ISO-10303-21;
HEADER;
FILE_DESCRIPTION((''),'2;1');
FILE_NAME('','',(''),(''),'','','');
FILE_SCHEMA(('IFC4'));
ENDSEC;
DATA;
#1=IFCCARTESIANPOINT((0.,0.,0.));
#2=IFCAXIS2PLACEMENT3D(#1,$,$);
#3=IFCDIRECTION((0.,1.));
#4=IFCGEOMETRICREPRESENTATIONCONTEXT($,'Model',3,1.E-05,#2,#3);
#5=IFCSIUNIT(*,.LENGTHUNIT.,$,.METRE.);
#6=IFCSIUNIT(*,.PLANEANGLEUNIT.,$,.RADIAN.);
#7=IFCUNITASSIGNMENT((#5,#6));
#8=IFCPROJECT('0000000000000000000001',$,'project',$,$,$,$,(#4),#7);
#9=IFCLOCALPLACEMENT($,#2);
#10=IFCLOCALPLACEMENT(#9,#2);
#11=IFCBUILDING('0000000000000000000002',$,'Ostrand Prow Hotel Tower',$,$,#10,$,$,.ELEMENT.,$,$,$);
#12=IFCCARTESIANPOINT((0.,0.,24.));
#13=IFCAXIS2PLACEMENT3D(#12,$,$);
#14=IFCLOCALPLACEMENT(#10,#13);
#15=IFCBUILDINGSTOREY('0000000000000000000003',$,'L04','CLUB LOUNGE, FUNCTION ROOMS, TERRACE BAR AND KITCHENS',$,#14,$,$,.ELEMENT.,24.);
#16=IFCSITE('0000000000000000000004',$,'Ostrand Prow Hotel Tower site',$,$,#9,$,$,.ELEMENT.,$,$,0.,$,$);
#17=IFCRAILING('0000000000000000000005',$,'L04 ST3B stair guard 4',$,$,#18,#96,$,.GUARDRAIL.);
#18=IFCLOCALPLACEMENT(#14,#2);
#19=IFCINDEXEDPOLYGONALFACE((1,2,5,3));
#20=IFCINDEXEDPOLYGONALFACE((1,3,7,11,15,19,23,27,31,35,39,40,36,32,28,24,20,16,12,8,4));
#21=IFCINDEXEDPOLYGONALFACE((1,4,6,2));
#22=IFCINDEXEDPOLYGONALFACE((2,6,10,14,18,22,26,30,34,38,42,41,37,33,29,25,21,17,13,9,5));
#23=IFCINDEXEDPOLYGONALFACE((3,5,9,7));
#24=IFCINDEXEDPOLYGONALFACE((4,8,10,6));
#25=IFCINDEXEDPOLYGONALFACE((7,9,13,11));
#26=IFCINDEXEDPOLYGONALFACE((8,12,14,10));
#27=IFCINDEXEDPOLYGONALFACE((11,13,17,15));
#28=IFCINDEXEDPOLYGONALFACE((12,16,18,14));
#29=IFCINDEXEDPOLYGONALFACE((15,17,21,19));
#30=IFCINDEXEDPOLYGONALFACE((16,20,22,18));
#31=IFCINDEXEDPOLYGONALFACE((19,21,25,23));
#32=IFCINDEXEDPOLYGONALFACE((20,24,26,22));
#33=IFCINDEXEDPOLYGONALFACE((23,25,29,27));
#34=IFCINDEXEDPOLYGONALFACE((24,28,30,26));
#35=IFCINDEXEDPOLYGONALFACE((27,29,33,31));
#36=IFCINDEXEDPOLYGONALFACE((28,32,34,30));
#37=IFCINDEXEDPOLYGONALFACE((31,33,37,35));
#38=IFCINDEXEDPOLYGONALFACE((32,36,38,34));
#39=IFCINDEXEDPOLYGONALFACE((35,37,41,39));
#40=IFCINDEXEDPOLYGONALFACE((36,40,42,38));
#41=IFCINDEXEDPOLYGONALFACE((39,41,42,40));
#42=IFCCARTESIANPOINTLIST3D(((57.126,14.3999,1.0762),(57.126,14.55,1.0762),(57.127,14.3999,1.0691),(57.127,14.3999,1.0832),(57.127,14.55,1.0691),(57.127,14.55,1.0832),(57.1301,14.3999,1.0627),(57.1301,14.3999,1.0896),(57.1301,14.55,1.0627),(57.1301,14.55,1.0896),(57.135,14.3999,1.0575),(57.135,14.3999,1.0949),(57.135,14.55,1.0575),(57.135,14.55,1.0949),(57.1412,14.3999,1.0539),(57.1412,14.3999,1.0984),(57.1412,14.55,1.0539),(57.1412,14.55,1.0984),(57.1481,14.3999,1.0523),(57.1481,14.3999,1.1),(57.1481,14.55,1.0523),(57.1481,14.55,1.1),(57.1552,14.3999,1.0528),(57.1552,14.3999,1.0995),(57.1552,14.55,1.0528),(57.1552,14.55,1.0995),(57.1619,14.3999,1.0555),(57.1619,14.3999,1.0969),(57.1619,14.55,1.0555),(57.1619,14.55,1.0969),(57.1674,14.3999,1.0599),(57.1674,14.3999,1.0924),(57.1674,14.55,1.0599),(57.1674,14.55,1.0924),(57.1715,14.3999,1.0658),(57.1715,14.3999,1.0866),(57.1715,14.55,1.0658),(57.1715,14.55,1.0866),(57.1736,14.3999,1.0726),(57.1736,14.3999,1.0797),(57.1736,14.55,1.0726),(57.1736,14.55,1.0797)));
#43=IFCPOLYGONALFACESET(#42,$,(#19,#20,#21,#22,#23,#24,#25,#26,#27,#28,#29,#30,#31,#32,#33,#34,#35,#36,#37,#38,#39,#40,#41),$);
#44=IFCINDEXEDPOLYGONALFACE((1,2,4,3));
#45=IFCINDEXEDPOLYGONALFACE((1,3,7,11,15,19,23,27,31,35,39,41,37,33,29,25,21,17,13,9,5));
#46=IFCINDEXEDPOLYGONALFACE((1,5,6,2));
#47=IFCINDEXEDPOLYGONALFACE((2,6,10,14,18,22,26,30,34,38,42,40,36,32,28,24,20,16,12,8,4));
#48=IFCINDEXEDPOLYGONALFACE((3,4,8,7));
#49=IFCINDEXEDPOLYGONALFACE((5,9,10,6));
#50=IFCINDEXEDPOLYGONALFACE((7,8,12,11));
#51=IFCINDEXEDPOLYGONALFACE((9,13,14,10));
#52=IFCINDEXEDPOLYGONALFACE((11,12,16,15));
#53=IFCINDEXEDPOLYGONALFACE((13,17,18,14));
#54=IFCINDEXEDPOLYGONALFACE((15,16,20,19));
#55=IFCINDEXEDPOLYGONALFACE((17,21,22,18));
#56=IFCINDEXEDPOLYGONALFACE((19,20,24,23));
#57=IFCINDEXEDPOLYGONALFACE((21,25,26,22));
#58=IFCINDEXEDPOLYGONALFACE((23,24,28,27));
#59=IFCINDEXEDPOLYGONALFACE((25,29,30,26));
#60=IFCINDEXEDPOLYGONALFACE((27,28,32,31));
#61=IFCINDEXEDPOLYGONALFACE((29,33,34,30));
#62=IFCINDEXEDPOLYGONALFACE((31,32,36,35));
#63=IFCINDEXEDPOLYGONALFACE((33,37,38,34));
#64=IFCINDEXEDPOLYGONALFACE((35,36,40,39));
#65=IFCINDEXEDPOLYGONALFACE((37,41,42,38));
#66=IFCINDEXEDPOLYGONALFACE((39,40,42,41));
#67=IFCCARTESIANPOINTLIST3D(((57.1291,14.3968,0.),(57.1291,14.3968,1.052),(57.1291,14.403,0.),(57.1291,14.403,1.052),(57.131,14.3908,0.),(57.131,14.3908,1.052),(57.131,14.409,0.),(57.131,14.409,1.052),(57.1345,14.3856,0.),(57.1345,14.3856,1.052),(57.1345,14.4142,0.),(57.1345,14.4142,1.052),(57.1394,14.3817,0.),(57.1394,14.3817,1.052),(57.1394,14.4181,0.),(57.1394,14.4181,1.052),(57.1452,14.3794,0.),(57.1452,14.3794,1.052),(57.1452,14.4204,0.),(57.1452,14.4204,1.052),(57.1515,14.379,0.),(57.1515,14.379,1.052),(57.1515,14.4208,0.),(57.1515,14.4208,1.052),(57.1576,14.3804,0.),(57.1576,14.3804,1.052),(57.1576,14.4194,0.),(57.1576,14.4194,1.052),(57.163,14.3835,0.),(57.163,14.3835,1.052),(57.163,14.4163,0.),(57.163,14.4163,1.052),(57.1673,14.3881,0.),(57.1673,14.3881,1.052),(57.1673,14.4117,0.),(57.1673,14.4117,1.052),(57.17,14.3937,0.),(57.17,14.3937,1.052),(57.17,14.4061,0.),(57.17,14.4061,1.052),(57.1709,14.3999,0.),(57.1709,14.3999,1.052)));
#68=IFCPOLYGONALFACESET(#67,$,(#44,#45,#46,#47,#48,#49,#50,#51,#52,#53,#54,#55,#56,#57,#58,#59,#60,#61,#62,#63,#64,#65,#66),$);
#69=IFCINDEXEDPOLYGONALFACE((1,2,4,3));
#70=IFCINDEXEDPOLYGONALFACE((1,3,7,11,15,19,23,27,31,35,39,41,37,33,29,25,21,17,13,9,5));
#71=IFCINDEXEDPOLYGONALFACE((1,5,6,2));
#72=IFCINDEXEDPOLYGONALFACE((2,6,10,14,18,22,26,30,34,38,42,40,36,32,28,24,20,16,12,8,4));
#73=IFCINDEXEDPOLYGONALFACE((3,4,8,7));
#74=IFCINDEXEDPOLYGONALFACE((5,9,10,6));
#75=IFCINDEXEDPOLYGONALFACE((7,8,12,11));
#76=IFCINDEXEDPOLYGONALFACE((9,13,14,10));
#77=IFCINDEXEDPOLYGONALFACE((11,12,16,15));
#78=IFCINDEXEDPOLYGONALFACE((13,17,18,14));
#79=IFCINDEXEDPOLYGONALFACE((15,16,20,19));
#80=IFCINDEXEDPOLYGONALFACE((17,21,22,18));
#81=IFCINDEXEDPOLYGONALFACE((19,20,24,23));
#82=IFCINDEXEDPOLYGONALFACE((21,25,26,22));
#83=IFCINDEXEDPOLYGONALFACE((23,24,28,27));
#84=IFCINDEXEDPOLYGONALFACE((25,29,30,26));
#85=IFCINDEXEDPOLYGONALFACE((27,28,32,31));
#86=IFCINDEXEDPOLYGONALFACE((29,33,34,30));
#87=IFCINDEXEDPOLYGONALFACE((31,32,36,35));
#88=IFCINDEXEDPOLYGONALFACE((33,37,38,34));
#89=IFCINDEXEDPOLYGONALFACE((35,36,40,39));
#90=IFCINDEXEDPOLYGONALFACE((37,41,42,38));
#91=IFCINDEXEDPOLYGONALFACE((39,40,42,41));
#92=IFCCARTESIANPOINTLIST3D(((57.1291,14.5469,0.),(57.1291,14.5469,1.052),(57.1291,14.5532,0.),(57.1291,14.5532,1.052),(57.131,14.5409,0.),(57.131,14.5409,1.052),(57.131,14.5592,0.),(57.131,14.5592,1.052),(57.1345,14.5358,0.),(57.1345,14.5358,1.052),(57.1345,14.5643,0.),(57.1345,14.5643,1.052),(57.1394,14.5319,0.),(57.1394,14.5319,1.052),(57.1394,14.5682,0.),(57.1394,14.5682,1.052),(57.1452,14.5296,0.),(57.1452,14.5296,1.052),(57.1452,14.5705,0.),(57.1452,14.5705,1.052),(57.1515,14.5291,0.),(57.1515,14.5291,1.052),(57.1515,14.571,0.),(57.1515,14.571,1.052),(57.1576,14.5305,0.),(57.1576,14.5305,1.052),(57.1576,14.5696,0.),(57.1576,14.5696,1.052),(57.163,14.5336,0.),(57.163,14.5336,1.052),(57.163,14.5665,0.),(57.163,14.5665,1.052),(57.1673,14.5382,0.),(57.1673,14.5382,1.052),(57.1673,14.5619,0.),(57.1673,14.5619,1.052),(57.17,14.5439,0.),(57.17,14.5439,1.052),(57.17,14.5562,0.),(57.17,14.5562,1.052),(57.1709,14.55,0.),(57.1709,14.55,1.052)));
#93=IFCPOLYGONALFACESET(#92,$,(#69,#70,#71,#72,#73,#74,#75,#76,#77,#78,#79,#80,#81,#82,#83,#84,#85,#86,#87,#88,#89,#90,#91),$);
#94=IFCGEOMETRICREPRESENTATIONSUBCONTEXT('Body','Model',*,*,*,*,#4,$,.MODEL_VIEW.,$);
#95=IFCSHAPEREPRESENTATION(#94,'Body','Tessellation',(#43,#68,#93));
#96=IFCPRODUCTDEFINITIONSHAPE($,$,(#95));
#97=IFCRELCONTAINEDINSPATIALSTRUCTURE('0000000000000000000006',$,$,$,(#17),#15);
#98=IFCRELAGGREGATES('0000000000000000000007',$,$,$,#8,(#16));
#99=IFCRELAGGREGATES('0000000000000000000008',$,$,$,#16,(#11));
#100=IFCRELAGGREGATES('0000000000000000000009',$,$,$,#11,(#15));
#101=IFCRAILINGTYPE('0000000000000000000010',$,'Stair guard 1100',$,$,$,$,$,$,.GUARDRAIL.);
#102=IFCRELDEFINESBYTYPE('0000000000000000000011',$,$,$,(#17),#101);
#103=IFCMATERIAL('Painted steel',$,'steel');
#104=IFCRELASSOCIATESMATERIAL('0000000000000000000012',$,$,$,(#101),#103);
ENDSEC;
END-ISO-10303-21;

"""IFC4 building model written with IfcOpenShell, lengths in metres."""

from ifc_helpers import new_model, si_unit, direction, frame, origin, origin_2d, place, context, subcontext, project, spatial, circle, extrude, material, type_object, element, save


model = new_model("IFC4")

# Units and contexts
model_context = context("Model", 3, precision=1e-05, world=origin(), true_north=direction((0.0, 1.0)))
body_context = subcontext(model_context, "Body", "Model", "MODEL_VIEW")
ifc_project = project(units=[si_unit("LENGTHUNIT", "METRE"), si_unit("PLANEANGLEUNIT", "RADIAN")], contexts=[model_context])

# Site, building, storey
site_placement = place(None, origin())
site = spatial("IfcSite", under=ifc_project, at=site_placement, Name="Ostrand Prow Hotel Tower site", CompositionType="ELEMENT", RefElevation=0.0)
building_placement = place(site_placement, origin())
building = spatial("IfcBuilding", under=site, at=building_placement, Name="Ostrand Prow Hotel Tower", CompositionType="ELEMENT")
storey_placement = place(building_placement, frame((0.0, 0.0, 24.0)))
storey = spatial("IfcBuildingStorey", under=building, at=storey_placement, Name="L04", Description="CLUB LOUNGE, FUNCTION ROOMS, TERRACE BAR AND KITCHENS", CompositionType="ELEMENT", Elevation=24.0)

# Railing
ifc_material_1 = material(Name="Painted steel", Category="steel")
railing_type_1 = type_object("IfcRailingType", Name="Stair guard 1100", PredefinedType="GUARDRAIL", material=ifc_material_1)
railing_1_placement = place(storey_placement, frame((57.1499, 14.3999, 0.0)))
element("IfcRailing", 1, at=railing_1_placement, inside=storey, type_object=railing_type_1, Name="L04 ST3B stair guard 4", PredefinedType="GUARDRAIL", context=body_context, shape_type="SweptSolid", body=[
    extrude(circle(Radius=0.0239, at=origin_2d()), frame((0.0, 0.0, 1.0762), z_axis=(0.0, 1.0, 0.0), x_axis=(-1.0, 0.0, 0.0)), (0.0, 0.0, 1.0), 0.1501),
    extrude(circle(Radius=0.021, at=origin_2d()), origin(), (0.0, 0.0, 1.0), 1.052),
    extrude(circle(Radius=0.021, at=origin_2d()), frame((0.0, 0.1501, 0.0)), (0.0, 0.0, 1.0), 1.052),
])

save(model, "model.ifc")
